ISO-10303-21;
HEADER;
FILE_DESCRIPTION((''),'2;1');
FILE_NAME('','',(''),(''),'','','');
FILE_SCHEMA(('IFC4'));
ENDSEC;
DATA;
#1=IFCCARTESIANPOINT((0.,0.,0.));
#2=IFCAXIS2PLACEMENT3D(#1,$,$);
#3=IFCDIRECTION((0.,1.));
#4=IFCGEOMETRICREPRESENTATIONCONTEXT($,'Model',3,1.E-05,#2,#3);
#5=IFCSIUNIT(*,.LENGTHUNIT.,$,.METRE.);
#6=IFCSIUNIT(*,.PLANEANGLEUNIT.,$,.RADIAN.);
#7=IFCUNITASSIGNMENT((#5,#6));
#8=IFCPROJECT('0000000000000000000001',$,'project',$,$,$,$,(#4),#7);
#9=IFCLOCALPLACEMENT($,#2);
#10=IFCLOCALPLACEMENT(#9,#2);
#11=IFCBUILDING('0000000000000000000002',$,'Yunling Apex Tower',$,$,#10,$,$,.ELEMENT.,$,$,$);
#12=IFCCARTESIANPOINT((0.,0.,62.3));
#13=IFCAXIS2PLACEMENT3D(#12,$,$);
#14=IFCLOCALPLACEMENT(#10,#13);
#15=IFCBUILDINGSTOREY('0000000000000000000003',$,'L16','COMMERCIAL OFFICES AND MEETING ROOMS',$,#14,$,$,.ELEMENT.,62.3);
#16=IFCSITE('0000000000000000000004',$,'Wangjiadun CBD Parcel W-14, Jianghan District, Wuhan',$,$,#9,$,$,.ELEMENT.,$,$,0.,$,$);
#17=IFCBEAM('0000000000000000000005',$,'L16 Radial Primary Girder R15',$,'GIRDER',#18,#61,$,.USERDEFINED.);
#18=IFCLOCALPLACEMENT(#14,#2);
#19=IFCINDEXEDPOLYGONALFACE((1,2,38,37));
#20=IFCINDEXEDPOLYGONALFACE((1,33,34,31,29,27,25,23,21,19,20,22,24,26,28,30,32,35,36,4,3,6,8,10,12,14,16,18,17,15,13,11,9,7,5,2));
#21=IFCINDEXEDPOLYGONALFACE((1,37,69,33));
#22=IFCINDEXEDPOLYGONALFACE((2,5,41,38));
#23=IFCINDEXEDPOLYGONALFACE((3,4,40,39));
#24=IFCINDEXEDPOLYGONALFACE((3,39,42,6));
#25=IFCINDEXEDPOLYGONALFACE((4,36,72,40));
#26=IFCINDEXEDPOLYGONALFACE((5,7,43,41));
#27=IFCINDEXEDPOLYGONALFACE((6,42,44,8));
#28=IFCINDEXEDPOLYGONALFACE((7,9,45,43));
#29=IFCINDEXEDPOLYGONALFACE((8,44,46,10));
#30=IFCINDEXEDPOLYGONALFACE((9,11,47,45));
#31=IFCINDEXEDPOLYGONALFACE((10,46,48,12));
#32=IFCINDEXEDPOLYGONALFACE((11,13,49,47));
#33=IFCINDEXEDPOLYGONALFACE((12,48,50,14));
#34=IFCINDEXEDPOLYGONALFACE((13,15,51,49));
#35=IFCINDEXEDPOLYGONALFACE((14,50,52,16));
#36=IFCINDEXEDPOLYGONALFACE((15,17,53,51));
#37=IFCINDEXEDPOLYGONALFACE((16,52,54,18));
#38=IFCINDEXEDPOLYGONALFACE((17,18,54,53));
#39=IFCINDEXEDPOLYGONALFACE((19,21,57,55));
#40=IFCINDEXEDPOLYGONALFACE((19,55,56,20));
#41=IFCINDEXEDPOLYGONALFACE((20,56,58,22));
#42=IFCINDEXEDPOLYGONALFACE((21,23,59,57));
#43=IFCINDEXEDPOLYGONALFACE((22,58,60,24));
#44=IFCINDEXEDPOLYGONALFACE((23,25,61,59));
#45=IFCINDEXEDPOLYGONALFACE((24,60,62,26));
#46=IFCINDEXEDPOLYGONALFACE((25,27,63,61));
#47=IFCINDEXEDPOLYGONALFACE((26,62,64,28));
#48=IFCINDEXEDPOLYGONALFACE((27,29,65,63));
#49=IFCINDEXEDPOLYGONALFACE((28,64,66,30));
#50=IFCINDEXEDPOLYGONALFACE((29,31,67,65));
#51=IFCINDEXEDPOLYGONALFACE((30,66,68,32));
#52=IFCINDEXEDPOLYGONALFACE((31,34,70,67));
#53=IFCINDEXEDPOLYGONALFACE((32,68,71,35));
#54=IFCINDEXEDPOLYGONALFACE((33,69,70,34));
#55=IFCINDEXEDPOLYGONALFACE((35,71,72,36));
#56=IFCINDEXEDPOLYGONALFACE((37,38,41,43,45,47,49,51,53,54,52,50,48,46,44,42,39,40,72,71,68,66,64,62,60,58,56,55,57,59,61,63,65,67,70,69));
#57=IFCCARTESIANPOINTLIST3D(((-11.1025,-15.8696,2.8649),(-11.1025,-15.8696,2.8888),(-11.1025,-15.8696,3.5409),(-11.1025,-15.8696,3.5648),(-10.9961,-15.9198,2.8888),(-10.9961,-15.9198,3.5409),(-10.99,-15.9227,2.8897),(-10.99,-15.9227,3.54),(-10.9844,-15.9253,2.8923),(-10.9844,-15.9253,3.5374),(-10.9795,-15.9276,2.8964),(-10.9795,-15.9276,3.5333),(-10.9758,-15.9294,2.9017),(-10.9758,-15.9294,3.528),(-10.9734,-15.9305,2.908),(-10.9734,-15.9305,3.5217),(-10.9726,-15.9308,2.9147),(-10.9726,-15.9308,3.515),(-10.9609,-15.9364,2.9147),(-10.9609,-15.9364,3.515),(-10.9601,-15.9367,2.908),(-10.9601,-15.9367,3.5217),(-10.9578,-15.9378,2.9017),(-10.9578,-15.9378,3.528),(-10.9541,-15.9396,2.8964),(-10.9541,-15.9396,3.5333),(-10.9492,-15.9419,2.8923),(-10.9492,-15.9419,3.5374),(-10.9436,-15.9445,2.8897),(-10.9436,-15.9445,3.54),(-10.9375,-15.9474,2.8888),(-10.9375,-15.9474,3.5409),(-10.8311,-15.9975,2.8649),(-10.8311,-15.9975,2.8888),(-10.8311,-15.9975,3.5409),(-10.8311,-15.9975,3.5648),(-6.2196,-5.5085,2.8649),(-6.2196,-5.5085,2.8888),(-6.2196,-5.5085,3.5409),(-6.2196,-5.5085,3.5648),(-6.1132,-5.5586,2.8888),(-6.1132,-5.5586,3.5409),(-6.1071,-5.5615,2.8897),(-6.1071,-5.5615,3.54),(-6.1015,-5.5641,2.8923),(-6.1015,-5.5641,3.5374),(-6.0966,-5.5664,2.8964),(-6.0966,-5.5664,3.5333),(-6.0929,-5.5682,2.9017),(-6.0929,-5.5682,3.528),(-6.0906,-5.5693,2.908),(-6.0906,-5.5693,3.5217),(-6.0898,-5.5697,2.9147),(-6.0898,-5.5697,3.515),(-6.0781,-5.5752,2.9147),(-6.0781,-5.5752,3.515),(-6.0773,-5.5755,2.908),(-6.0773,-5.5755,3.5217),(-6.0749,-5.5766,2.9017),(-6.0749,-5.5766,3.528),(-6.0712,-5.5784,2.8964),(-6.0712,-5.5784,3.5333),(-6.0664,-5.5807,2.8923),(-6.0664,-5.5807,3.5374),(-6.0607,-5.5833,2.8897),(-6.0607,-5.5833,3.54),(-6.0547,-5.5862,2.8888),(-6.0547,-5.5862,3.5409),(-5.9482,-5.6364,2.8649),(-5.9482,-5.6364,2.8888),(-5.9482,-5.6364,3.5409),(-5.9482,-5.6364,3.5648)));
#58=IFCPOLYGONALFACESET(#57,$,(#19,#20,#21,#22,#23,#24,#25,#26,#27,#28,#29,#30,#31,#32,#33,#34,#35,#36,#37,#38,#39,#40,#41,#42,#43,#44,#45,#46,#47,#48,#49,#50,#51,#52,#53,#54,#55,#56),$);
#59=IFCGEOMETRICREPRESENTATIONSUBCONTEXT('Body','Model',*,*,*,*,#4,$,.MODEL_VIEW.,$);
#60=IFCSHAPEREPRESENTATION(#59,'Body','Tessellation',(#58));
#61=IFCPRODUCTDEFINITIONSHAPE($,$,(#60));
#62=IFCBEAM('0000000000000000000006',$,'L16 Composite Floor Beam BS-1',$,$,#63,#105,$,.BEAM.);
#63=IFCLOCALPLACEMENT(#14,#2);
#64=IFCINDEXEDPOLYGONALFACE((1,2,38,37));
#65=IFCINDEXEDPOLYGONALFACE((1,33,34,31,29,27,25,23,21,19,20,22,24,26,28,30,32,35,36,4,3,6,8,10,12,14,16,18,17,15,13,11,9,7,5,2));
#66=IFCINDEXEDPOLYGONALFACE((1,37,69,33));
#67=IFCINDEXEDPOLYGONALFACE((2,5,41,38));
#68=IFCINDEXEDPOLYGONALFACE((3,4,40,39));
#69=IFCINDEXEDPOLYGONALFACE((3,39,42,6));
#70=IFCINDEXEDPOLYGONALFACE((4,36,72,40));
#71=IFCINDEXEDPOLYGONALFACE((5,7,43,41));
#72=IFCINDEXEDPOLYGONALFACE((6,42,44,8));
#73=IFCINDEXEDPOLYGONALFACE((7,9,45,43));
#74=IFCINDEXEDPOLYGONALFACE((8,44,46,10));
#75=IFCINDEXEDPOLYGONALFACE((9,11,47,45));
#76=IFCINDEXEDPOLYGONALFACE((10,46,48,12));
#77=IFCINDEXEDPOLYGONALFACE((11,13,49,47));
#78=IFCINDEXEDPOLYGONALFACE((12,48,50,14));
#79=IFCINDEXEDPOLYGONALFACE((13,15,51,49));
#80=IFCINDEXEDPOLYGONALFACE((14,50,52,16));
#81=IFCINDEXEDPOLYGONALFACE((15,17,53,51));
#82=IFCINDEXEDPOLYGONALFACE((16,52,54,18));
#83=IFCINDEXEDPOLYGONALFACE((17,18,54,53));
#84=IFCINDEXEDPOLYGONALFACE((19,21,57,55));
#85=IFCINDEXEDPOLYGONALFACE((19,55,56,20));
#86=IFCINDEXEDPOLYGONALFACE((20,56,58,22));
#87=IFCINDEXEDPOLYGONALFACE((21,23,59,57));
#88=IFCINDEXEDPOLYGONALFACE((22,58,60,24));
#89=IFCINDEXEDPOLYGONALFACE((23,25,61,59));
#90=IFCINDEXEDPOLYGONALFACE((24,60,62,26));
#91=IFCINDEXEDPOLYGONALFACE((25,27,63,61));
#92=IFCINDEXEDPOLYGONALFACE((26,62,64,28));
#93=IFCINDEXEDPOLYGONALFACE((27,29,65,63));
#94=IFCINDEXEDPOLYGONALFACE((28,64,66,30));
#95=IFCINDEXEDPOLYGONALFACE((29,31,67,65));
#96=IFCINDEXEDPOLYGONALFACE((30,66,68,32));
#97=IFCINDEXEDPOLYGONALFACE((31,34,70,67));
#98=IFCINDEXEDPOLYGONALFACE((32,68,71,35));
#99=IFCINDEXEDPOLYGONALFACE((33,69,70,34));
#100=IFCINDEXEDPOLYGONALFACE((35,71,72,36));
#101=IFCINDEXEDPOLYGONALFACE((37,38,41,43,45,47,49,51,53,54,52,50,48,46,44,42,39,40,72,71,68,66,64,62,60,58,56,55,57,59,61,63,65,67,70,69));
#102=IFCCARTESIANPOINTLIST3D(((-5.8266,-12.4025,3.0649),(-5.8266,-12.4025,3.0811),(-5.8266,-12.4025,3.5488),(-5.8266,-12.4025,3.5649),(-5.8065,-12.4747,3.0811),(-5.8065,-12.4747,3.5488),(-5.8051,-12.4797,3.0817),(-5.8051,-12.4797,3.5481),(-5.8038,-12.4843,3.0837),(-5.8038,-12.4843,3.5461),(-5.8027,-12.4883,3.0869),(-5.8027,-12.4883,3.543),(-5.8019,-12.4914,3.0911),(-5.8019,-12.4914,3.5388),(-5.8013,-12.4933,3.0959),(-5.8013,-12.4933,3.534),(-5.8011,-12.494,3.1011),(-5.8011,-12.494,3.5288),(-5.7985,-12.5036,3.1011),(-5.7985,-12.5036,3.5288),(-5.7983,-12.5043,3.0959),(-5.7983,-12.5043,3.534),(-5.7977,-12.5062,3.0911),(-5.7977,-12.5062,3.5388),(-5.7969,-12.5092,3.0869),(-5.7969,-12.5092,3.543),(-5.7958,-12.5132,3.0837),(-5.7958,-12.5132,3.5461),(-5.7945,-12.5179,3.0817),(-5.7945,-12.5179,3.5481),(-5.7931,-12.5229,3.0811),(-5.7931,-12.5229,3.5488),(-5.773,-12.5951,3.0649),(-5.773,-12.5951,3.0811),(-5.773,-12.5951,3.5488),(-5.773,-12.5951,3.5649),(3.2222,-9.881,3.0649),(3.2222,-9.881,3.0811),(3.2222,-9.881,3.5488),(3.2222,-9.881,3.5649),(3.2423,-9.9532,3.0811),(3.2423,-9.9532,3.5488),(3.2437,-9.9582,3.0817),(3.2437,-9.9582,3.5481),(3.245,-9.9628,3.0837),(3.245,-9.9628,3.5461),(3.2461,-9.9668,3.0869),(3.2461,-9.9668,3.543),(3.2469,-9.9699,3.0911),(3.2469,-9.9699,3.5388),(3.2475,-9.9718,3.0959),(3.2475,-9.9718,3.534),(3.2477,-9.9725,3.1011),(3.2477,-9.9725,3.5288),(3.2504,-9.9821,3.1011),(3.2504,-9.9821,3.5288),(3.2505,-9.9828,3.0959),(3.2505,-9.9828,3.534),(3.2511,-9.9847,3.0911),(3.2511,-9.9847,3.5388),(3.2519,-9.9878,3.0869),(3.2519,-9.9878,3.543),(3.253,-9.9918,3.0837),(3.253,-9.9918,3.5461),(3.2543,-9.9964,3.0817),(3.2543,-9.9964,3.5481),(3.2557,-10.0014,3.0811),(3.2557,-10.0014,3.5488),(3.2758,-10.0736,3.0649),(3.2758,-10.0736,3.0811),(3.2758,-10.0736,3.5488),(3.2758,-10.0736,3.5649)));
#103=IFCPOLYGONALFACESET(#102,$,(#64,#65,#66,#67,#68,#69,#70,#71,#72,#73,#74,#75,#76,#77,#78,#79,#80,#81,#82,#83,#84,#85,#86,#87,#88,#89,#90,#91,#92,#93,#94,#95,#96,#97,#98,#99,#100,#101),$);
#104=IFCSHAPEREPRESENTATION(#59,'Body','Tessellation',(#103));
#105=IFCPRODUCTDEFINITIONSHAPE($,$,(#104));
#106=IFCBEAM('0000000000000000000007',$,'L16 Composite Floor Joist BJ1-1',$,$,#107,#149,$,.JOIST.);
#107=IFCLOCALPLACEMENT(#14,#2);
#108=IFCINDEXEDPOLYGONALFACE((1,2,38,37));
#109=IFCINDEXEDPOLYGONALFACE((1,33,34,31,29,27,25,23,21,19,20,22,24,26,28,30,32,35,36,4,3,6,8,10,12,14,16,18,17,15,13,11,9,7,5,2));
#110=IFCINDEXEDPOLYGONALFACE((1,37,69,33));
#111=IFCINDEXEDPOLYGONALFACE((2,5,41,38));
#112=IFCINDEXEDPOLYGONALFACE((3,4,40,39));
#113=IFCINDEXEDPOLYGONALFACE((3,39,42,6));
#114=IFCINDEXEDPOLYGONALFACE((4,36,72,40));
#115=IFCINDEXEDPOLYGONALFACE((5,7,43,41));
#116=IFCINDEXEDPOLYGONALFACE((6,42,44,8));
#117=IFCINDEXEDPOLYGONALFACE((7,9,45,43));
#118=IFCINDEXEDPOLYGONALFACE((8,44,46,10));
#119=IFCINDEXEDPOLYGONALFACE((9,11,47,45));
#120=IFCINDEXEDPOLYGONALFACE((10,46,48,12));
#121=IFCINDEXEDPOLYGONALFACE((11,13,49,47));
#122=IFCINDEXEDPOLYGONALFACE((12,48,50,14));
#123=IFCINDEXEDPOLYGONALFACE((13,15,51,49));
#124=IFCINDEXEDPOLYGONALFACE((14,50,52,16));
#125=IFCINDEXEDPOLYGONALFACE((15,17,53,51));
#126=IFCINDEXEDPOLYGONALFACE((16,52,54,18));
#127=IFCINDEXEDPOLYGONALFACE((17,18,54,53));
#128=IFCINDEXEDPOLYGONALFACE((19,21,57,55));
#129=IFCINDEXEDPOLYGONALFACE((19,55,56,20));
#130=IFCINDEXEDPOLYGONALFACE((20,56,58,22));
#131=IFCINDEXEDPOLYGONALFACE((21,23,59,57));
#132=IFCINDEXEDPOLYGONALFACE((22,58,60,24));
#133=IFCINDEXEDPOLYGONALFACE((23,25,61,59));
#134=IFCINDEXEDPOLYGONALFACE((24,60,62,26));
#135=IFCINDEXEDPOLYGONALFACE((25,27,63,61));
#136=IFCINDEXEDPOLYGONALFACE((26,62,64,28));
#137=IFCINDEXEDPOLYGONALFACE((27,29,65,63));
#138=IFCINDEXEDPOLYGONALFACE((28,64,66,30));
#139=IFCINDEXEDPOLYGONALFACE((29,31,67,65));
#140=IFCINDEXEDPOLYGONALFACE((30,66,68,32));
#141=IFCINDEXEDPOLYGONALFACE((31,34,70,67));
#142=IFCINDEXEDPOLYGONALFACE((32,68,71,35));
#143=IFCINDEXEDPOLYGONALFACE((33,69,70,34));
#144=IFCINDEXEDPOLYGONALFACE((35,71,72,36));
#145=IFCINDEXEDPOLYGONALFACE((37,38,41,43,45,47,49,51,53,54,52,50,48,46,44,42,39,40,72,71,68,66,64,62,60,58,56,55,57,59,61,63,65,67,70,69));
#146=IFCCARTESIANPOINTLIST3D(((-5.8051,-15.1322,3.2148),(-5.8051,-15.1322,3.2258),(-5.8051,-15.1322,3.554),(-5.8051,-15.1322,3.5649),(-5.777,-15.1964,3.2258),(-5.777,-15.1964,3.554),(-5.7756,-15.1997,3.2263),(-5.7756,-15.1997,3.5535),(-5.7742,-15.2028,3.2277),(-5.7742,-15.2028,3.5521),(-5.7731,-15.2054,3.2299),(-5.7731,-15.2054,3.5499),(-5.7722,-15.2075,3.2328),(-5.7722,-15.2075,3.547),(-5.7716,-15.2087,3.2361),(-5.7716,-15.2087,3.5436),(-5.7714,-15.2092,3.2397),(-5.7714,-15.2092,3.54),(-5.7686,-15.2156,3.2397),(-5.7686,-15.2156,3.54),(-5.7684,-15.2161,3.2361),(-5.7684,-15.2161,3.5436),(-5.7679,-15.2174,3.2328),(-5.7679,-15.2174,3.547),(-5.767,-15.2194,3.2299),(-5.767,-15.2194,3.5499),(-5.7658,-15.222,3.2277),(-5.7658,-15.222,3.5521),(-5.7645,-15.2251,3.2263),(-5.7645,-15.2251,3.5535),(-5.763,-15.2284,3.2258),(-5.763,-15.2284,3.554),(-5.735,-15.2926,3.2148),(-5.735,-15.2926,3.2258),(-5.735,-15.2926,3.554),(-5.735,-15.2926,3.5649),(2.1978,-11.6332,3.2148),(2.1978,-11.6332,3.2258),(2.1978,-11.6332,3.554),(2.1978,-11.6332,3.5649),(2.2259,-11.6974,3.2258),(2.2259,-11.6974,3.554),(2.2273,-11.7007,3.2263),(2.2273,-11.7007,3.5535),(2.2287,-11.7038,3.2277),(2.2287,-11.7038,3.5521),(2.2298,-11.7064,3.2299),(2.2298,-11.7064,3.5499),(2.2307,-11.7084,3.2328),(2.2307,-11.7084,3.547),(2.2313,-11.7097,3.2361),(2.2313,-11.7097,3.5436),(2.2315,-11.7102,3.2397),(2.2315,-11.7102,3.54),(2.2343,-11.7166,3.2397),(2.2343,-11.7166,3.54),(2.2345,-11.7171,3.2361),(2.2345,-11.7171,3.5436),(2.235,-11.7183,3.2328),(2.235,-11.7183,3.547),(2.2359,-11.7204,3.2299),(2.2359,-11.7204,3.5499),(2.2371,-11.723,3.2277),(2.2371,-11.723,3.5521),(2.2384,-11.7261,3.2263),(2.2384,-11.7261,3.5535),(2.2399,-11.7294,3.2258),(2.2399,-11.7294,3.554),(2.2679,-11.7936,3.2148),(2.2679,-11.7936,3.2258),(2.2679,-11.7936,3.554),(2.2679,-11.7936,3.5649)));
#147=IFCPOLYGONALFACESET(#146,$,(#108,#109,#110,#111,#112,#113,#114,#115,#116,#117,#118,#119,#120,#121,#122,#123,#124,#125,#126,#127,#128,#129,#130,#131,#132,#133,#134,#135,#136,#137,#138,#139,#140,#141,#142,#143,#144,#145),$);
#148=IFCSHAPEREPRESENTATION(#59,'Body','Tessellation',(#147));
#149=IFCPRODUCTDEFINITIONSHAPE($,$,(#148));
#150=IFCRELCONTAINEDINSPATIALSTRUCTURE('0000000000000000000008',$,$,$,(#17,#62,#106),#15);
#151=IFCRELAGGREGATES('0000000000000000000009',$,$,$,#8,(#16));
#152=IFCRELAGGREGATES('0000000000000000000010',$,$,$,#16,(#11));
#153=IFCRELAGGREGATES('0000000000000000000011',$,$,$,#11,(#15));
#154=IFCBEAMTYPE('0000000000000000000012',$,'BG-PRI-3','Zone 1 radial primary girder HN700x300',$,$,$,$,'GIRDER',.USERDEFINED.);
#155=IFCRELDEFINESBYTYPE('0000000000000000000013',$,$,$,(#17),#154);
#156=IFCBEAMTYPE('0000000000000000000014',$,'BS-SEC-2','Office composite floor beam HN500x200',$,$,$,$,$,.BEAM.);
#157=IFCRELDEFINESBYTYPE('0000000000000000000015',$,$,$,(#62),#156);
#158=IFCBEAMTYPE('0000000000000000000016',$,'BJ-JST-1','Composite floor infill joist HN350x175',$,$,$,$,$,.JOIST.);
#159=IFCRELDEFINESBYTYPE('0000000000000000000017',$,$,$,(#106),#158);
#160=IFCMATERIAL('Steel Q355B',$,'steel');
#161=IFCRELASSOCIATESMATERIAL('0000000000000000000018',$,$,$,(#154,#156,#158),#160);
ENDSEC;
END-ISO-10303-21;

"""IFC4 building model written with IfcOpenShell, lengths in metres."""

from ifc_helpers import new_model, si_unit, direction, frame, origin, origin_2d, place, context, subcontext, project, spatial, i_section, extrude, source, transform, mapped, material, material_profile, profile_set, type_object, element, save


model = new_model("IFC4")

# Units and contexts
model_context = context("Model", 3, precision=1e-05, world=origin(), true_north=direction((0.0, 1.0)))
body_context = subcontext(model_context, "Body", "Model", "MODEL_VIEW")
ifc_project = project(units=[si_unit("LENGTHUNIT", "METRE"), si_unit("PLANEANGLEUNIT", "RADIAN")], contexts=[model_context])

# Site, building, storey
site_placement = place(None, origin())
site = spatial("IfcSite", under=ifc_project, at=site_placement, Name="Wangjiadun CBD Parcel W-14, Jianghan District, Wuhan", CompositionType="ELEMENT", RefElevation=0.0)
building_placement = place(site_placement, origin())
building = spatial("IfcBuilding", under=site, at=building_placement, Name="Yunling Apex Tower", CompositionType="ELEMENT")
storey_placement = place(building_placement, frame((0.0, 0.0, 62.3)))
storey = spatial("IfcBuildingStorey", under=building, at=storey_placement, Name="L16", Description="COMMERCIAL OFFICES AND MEETING ROOMS", CompositionType="ELEMENT", Elevation=62.3)

# Beams
ifc_material_1 = material(Name="Steel Q355B", Category="steel")
ifc_material_profile_1 = material_profile(ifc_material_1, i_section(OverallWidth=0.3, OverallDepth=0.7, WebThickness=0.0129, FlangeThickness=0.0239, FilletRadius=0.0259, at=origin_2d()))
ifc_profile_set_1 = profile_set([ifc_material_profile_1], Name="Steel Q355B")
beam_type_1 = type_object("IfcBeamType", Name="BG-PRI-3", Description="Zone 1 radial primary girder HN700x300", ElementType="GIRDER", PredefinedType="USERDEFINED", material=ifc_profile_set_1)
shared_shape_1 = source(origin(), body_context, "Body", "SweptSolid", [
    extrude(i_section(OverallWidth=0.3, OverallDepth=0.7, WebThickness=0.0129, FlangeThickness=0.0239, FilletRadius=0.0259, at=origin_2d()), origin(), (0.0, 0.0, 1.0), 11.4541),
])
beam_1_placement = place(storey_placement, frame((-10.9668, -15.9336, 3.2148), z_axis=(0.426298, 0.904583, 0.0), x_axis=(-0.904583, 0.426298, 0.0)))
element("IfcBeam", 1, at=beam_1_placement, inside=storey, type_object=beam_type_1, Name="L16 Radial Primary Girder R15", ObjectType="GIRDER", PredefinedType="USERDEFINED", context=body_context, shape_type="MappedRepresentation", body=[
    mapped(shared_shape_1, transform((0.0, 0.0, 0.0), scale=1.0)),
])
ifc_material_profile_2 = material_profile(ifc_material_1, i_section(OverallWidth=0.2, OverallDepth=0.5, WebThickness=0.01, FlangeThickness=0.0161, FilletRadius=0.02, at=origin_2d()))
ifc_profile_set_2 = profile_set([ifc_material_profile_2], Name="Steel Q355B")
beam_type_2 = type_object("IfcBeamType", Name="BS-SEC-2", Description="Office composite floor beam HN500x200", PredefinedType="BEAM", material=ifc_profile_set_2)
shared_shape_2 = source(origin(), body_context, "Body", "SweptSolid", [
    extrude(i_section(OverallWidth=0.2, OverallDepth=0.5, WebThickness=0.01, FlangeThickness=0.0161, FilletRadius=0.02, at=origin_2d()), origin(), (0.0, 0.0, 1.0), 9.3936),
])
beam_2_placement = place(storey_placement, frame((-5.7998, -12.4988, 3.3149), z_axis=(0.9633, 0.268427, 0.0), x_axis=(-0.268427, 0.9633, 0.0)))
element("IfcBeam", 2, at=beam_2_placement, inside=storey, type_object=beam_type_2, Name="L16 Composite Floor Beam BS-1", PredefinedType="BEAM", context=body_context, shape_type="MappedRepresentation", body=[
    mapped(shared_shape_2, transform((0.0, 0.0, 0.0), scale=1.0)),
])
ifc_material_profile_3 = material_profile(ifc_material_1, i_section(OverallWidth=0.175, OverallDepth=0.3501, WebThickness=0.0071, FlangeThickness=0.011, FilletRadius=0.0139, at=origin_2d()))
ifc_profile_set_3 = profile_set([ifc_material_profile_3], Name="Steel Q355B")
beam_type_3 = type_object("IfcBeamType", Name="BJ-JST-1", Description="Composite floor infill joist HN350x175", PredefinedType="JOIST", material=ifc_profile_set_3)
shared_shape_3 = source(origin(), body_context, "Body", "SweptSolid", [
    extrude(i_section(OverallWidth=0.175, OverallDepth=0.3501, WebThickness=0.0071, FlangeThickness=0.011, FilletRadius=0.0139, at=origin_2d()), origin(), (0.0, 0.0, 1.0), 8.7344),
])
beam_3_placement = place(storey_placement, frame((-5.77, -15.2124, 3.3899), z_axis=(0.916252, 0.400602, 0.0), x_axis=(-0.400602, 0.916252, 0.0)))
element("IfcBeam", 3, at=beam_3_placement, inside=storey, type_object=beam_type_3, Name="L16 Composite Floor Joist BJ1-1", PredefinedType="JOIST", context=body_context, shape_type="MappedRepresentation", body=[
    mapped(shared_shape_3, transform((0.0, 0.0, 0.0), scale=1.0)),
])

save(model, "model.ifc")
